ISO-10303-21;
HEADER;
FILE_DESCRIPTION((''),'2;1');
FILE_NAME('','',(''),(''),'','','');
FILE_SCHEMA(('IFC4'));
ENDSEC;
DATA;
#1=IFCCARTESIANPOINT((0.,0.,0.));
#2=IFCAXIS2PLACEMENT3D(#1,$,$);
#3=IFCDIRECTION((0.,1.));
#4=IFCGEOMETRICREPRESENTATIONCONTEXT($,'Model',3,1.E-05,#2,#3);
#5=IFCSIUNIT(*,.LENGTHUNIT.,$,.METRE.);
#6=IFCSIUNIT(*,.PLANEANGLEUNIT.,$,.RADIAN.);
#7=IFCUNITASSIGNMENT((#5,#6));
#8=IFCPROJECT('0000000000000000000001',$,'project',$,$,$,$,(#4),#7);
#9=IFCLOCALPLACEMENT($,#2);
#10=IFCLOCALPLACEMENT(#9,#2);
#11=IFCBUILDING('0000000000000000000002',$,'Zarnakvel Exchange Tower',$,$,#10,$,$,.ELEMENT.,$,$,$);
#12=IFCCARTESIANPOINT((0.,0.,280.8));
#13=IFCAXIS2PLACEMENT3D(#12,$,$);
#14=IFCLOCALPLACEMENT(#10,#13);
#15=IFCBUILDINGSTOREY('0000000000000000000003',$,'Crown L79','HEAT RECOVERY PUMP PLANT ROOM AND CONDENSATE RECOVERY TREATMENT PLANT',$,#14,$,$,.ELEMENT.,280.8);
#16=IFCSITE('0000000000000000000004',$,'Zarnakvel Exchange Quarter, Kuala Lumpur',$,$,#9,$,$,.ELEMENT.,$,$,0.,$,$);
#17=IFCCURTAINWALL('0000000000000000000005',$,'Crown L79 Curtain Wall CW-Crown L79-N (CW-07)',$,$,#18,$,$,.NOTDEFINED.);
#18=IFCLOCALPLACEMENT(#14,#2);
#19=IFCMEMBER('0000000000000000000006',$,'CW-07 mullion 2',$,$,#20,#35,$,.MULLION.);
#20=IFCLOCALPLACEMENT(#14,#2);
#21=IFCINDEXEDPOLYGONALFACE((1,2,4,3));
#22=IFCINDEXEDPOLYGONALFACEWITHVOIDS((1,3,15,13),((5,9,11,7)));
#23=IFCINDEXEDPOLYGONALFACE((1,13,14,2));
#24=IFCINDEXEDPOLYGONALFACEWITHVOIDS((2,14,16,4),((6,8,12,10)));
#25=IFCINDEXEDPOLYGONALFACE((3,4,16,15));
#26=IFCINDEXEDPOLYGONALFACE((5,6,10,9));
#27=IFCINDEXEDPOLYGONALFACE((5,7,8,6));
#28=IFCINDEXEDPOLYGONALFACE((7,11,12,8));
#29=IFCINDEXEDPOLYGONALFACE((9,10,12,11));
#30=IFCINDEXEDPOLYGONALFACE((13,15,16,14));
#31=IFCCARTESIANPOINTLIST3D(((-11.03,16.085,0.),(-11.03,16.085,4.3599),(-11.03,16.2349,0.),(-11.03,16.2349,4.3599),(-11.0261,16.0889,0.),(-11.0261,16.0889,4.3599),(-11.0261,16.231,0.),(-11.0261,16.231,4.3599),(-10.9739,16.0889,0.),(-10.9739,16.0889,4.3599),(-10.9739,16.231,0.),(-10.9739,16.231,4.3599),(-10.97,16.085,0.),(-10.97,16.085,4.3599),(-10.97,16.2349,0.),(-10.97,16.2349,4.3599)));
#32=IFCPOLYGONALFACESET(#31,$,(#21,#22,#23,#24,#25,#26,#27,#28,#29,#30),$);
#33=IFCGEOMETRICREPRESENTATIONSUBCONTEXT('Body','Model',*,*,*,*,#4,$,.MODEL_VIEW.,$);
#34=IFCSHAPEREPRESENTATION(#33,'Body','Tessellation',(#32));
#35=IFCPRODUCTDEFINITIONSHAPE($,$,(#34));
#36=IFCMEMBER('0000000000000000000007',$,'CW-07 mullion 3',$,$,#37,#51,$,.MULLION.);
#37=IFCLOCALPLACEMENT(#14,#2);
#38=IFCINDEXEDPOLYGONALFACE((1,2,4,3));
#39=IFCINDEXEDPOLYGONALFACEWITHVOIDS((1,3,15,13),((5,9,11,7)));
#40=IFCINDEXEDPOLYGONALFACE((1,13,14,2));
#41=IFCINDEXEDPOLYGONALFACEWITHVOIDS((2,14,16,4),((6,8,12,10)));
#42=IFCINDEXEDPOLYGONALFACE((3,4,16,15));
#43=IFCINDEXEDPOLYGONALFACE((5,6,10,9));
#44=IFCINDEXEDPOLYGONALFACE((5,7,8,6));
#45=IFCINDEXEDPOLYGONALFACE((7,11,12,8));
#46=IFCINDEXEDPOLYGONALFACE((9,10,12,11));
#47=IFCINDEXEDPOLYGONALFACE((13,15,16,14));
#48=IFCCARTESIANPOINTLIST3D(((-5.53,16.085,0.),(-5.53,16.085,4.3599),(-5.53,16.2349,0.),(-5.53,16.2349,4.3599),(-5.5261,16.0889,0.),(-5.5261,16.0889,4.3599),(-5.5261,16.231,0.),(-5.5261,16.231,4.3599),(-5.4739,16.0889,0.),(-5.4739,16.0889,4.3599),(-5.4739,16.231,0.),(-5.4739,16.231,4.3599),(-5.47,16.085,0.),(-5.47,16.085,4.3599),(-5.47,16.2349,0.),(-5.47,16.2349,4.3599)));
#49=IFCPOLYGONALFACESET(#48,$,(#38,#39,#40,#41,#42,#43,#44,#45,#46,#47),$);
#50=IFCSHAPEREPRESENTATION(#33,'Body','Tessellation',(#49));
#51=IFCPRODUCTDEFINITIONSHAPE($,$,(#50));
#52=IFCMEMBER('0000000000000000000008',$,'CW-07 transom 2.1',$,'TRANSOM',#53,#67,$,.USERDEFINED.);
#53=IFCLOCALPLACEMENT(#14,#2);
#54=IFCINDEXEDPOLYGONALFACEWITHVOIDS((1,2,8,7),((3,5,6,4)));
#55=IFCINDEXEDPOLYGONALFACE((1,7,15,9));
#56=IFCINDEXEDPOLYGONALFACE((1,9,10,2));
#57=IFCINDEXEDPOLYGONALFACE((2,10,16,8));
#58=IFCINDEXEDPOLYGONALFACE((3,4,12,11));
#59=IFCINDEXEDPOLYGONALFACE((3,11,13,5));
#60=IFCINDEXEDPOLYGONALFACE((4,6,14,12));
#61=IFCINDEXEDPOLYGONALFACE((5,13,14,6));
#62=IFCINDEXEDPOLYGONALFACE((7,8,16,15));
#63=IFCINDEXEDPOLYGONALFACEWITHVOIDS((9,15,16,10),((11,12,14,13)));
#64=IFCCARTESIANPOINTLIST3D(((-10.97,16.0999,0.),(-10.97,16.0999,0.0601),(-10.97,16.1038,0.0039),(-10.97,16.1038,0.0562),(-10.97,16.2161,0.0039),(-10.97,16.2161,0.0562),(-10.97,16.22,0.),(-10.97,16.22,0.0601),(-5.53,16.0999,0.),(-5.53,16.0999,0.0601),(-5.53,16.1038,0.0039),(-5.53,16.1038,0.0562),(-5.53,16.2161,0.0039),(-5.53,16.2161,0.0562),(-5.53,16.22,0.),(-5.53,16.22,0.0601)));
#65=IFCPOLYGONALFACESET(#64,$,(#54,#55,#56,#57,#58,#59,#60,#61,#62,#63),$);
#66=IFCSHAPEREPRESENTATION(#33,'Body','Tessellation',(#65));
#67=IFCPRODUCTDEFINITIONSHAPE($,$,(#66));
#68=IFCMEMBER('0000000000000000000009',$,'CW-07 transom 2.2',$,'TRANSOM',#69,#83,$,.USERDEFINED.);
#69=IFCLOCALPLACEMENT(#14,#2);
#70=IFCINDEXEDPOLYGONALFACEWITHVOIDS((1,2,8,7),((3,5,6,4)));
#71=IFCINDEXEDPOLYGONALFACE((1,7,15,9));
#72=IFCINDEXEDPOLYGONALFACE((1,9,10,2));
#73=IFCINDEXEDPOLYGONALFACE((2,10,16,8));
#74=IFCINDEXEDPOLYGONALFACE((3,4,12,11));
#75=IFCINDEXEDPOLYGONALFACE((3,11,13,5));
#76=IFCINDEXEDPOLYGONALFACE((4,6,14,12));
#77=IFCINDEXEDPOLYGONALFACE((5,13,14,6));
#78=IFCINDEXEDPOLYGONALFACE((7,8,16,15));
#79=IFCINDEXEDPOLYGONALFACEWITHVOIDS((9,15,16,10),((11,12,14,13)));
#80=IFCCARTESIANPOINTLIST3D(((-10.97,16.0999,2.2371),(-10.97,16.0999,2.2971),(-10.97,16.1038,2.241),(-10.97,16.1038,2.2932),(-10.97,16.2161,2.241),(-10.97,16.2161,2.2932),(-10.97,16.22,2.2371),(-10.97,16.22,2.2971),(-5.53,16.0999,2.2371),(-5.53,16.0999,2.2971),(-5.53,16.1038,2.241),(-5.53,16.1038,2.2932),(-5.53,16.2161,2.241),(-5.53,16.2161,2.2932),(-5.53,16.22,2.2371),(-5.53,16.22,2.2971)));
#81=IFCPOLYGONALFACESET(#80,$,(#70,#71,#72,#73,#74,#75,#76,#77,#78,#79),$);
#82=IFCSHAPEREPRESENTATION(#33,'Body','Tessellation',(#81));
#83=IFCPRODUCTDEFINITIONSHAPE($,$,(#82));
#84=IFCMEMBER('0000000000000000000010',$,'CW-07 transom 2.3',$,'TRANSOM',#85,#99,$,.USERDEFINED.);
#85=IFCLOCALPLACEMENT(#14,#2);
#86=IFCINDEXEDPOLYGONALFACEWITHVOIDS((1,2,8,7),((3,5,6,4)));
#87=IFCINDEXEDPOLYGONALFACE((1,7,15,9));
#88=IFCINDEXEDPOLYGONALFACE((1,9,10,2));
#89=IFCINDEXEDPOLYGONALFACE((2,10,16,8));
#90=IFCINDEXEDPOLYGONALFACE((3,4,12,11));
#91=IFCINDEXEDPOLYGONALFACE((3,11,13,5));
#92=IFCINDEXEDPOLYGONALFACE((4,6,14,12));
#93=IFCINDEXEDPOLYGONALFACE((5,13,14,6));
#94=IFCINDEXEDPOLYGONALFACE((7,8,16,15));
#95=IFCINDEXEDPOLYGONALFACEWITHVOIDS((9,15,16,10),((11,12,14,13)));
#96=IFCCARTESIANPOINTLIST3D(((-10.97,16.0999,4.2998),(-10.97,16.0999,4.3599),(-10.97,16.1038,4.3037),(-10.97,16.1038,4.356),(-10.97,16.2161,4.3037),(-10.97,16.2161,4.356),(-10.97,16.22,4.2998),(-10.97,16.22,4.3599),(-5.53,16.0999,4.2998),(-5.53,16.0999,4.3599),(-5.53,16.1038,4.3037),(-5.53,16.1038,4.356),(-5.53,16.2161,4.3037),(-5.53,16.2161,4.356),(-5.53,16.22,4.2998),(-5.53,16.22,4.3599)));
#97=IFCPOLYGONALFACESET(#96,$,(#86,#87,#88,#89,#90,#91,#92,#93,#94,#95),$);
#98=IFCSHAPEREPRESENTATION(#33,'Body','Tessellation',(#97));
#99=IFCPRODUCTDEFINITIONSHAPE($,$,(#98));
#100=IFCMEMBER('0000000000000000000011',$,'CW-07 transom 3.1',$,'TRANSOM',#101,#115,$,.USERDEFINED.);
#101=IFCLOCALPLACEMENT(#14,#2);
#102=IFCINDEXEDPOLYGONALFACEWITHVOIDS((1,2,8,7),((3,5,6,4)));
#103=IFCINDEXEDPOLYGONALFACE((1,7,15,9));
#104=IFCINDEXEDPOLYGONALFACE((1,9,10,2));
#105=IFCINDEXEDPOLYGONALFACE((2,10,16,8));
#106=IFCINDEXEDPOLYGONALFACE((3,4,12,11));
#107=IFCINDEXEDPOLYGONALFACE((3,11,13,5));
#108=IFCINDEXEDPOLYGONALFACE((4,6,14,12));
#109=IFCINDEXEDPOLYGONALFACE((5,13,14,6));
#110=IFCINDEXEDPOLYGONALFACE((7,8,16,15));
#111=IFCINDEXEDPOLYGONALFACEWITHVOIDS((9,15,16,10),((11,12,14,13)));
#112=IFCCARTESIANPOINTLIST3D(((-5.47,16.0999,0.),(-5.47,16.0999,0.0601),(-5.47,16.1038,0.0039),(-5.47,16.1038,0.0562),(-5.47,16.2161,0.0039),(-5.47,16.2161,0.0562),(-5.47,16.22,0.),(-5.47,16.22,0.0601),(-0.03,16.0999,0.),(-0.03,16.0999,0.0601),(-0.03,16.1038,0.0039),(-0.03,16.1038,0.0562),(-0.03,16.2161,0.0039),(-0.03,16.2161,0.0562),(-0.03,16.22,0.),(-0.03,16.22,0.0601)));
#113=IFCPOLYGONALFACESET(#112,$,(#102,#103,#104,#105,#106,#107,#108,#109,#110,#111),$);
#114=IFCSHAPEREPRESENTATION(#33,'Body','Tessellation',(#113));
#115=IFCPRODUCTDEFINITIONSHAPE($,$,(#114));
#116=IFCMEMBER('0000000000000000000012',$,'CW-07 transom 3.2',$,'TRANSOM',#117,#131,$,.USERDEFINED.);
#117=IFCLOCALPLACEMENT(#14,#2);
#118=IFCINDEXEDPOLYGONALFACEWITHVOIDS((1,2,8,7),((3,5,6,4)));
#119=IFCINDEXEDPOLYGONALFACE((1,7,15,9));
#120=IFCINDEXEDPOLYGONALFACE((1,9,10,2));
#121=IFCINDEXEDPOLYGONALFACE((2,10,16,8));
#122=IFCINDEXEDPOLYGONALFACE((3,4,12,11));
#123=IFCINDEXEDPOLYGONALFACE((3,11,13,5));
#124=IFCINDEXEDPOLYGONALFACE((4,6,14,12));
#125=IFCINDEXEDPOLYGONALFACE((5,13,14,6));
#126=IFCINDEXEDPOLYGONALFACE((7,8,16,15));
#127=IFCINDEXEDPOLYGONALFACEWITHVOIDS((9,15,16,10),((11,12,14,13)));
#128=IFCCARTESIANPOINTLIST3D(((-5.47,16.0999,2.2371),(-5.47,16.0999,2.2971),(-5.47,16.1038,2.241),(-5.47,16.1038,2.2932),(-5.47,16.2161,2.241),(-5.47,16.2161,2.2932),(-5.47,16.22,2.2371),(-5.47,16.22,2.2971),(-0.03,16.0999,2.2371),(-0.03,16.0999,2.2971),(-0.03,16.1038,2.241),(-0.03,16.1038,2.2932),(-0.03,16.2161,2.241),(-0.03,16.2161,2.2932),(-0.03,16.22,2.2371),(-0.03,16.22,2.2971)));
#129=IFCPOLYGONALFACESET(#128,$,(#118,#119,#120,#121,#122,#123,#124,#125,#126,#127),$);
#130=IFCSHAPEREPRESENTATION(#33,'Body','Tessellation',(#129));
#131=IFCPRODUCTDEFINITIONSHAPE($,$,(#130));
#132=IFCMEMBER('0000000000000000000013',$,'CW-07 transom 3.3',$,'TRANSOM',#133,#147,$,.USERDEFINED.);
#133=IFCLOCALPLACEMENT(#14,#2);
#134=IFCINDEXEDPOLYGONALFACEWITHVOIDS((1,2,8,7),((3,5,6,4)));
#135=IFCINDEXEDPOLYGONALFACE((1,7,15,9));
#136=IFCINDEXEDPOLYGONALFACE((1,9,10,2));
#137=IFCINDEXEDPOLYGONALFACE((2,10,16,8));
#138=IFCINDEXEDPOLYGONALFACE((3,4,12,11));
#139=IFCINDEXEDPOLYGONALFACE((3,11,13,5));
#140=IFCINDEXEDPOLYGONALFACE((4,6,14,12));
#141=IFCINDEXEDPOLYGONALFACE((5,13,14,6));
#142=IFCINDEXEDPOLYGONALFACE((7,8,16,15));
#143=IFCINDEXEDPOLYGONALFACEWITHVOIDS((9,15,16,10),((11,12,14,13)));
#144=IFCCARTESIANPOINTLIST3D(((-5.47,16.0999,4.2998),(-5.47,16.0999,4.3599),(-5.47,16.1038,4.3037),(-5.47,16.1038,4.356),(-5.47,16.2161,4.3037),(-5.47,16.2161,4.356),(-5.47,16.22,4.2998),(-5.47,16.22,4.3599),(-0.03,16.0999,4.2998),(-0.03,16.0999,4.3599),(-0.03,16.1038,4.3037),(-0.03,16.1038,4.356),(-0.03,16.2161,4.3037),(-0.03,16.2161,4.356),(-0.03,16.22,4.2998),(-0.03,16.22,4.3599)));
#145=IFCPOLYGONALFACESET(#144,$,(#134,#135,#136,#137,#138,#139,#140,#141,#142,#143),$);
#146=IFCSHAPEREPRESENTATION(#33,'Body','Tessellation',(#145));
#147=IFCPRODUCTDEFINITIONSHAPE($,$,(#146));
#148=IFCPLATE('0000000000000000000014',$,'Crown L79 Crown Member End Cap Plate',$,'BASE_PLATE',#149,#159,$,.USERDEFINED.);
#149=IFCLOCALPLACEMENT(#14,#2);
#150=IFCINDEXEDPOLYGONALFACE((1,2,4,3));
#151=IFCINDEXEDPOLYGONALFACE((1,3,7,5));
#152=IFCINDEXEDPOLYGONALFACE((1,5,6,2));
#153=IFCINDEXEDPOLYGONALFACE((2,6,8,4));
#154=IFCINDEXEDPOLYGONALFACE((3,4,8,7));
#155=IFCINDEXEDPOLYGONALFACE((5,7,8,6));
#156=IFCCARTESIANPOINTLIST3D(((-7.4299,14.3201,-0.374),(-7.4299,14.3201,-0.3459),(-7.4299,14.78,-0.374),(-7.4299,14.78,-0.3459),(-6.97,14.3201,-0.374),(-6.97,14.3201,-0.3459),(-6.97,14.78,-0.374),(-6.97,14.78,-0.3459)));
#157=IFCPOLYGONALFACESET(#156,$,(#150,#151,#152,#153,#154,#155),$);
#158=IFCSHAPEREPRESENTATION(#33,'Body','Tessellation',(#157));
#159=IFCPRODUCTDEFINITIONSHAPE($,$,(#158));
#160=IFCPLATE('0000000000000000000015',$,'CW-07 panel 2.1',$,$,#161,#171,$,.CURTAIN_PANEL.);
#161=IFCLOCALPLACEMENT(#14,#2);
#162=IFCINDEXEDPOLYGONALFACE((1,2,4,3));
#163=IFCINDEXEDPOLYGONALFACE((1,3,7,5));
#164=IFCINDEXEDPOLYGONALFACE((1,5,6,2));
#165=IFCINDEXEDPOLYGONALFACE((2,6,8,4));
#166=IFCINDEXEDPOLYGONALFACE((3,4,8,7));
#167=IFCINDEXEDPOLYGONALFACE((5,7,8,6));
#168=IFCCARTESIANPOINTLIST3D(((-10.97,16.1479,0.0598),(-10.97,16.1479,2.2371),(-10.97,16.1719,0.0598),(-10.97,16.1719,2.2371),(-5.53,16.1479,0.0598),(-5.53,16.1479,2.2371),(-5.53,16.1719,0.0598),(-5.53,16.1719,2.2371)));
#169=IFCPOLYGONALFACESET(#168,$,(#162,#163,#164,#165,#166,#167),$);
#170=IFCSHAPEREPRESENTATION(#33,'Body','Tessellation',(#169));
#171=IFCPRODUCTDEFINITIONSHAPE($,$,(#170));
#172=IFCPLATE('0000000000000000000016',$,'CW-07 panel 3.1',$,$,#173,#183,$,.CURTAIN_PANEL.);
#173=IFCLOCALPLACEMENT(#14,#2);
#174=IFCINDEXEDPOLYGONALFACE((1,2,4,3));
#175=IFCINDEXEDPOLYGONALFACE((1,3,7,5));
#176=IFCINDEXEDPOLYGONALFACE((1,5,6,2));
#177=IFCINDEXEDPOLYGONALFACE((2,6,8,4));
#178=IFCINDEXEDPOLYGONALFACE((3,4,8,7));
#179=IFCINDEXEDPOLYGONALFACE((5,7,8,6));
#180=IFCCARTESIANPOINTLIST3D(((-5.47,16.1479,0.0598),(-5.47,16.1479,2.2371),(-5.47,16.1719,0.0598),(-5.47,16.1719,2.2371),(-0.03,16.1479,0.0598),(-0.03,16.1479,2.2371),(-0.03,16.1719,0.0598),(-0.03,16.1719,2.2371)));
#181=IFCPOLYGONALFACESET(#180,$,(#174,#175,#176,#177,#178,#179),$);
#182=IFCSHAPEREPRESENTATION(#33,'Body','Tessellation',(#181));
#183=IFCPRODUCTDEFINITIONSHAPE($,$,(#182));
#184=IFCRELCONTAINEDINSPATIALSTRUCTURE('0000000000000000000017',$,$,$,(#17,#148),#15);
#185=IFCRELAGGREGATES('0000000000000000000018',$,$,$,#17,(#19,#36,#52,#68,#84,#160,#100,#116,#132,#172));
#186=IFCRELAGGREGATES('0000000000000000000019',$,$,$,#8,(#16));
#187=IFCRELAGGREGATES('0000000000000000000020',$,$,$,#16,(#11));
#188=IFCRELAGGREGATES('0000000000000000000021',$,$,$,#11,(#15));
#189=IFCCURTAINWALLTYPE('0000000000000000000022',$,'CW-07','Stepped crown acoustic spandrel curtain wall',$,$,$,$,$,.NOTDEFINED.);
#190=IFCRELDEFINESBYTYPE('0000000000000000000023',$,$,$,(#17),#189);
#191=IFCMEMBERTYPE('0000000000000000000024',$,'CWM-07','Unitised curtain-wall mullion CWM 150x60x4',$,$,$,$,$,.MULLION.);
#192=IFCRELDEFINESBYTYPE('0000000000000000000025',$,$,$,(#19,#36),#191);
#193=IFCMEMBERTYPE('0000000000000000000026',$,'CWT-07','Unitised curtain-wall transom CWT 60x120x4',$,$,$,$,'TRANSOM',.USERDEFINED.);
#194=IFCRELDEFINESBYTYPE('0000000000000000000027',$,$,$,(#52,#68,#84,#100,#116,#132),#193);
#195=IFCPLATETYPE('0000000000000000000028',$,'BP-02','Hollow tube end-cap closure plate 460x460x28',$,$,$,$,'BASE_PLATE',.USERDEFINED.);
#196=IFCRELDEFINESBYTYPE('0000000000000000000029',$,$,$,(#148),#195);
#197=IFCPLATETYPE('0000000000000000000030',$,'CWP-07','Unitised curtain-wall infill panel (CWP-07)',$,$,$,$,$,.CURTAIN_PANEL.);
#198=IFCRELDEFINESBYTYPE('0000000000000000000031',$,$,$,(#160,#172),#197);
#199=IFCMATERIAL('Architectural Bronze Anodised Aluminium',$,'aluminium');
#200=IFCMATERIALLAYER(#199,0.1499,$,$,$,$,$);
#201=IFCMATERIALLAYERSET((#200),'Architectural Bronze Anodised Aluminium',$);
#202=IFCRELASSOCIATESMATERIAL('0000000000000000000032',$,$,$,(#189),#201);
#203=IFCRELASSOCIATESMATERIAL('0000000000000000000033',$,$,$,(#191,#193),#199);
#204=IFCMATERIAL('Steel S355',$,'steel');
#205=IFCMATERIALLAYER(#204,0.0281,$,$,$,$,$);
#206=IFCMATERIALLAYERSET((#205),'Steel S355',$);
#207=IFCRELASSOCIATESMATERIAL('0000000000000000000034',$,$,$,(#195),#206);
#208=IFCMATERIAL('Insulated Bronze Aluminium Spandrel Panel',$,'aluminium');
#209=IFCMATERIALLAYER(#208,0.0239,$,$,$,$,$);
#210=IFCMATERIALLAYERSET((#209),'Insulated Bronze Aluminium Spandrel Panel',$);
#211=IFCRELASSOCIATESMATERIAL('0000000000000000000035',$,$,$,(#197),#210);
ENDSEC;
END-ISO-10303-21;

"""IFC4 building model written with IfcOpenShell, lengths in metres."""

from ifc_helpers import new_model, si_unit, direction, frame, origin, origin_2d, place, context, subcontext, project, spatial, rectangle, hollow_rectangle, extrude, source, transform, mapped, material, layer, layer_set, material_profile, profile_set, type_object, element, aggregate, save


model = new_model("IFC4")

# Units and contexts
model_context = context("Model", 3, precision=1e-05, world=origin(), true_north=direction((0.0, 1.0)))
body_context = subcontext(model_context, "Body", "Model", "MODEL_VIEW")
ifc_project = project(units=[si_unit("LENGTHUNIT", "METRE"), si_unit("PLANEANGLEUNIT", "RADIAN")], contexts=[model_context])

# Site, building, storey
site_placement = place(None, origin())
site = spatial("IfcSite", under=ifc_project, at=site_placement, Name="Zarnakvel Exchange Quarter, Kuala Lumpur", CompositionType="ELEMENT", RefElevation=0.0)
building_placement = place(site_placement, origin())
building = spatial("IfcBuilding", under=site, at=building_placement, Name="Zarnakvel Exchange Tower", CompositionType="ELEMENT")
storey_placement = place(building_placement, frame((0.0, 0.0, 280.8)))
storey = spatial("IfcBuildingStorey", under=building, at=storey_placement, Name="Crown L79", Description="HEAT RECOVERY PUMP PLANT ROOM AND CONDENSATE RECOVERY TREATMENT PLANT", CompositionType="ELEMENT", Elevation=280.8)

# Shared definitions
ifc_material_1 = material(Name="Steel S355", Category="steel")

# Curtain wall, members
ifc_material_2 = material(Name="Architectural Bronze Anodised Aluminium", Category="aluminium")
ifc_layer_1 = layer(ifc_material_2, 0.1499)
ifc_layer_set_1 = layer_set([ifc_layer_1], Name="Architectural Bronze Anodised Aluminium")
curtain_wall_type = type_object("IfcCurtainWallType", Name="CW-07", Description="Stepped crown acoustic spandrel curtain wall", PredefinedType="NOTDEFINED", material=ifc_layer_set_1)
curtain_wall_placement = place(storey_placement, origin())
curtain_wall = element("IfcCurtainWall", 1, at=curtain_wall_placement, inside=storey, type_object=curtain_wall_type, Name="Crown L79 Curtain Wall CW-Crown L79-N (CW-07)", PredefinedType="NOTDEFINED")
ifc_material_profile_1 = material_profile(ifc_material_2, hollow_rectangle(XDim=0.1499, YDim=0.0601, WallThickness=0.0039, at=origin_2d()))
ifc_profile_set_1 = profile_set([ifc_material_profile_1], Name="Architectural Bronze Anodised Aluminium")
member_type_1 = type_object("IfcMemberType", Name="CWM-07", Description="Unitised curtain-wall mullion CWM 150x60x4", PredefinedType="MULLION", material=ifc_profile_set_1)
shared_shape_1 = source(origin(), body_context, "Body", "SweptSolid", [
    extrude(hollow_rectangle(XDim=0.1499, YDim=0.0601, WallThickness=0.0039, at=origin_2d()), origin(), (0.0, 0.0, 1.0), 4.3599),
])
member_1_placement = place(storey_placement, frame((-11.0, 16.1599, 0.0), z_axis=(0.0, 0.0, 1.0), x_axis=(0.0, 1.0, 0.0)))
member_1 = element("IfcMember", 2, at=member_1_placement, type_object=member_type_1, Name="CW-07 mullion 2", PredefinedType="MULLION", context=body_context, shape_type="MappedRepresentation", body=[
    mapped(shared_shape_1, transform((0.0, 0.0, 0.0), x_axis=(1.0, 0.0, 0.0), y_axis=(0.0, 1.0, 0.0), z_axis=(0.0, 0.0, 1.0), scale=1.0)),
])
member_2_placement = place(storey_placement, frame((-5.5, 16.1599, 0.0), z_axis=(0.0, 0.0, 1.0), x_axis=(0.0, 1.0, 0.0)))
member_2 = element("IfcMember", 3, at=member_2_placement, type_object=member_type_1, Name="CW-07 mullion 3", PredefinedType="MULLION", context=body_context, shape_type="MappedRepresentation", body=[
    mapped(shared_shape_1, transform((0.0, 0.0, 0.0), x_axis=(1.0, 0.0, 0.0), y_axis=(0.0, 1.0, 0.0), z_axis=(0.0, 0.0, 1.0), scale=1.0)),
])
ifc_material_profile_2 = material_profile(ifc_material_2, hollow_rectangle(XDim=0.1201, YDim=0.0601, WallThickness=0.0039, at=origin_2d()))
ifc_profile_set_2 = profile_set([ifc_material_profile_2], Name="Architectural Bronze Anodised Aluminium")
member_type_2 = type_object("IfcMemberType", Name="CWT-07", Description="Unitised curtain-wall transom CWT 60x120x4", ElementType="TRANSOM", PredefinedType="USERDEFINED", material=ifc_profile_set_2)
shared_shape_2 = source(origin(), body_context, "Body", "SweptSolid", [
    extrude(hollow_rectangle(XDim=0.1201, YDim=0.0601, WallThickness=0.0039, at=origin_2d()), origin(), (0.0, 0.0, 1.0), 5.4399),
])
member_3_placement = place(storey_placement, frame((-10.97, 16.1599, 0.03), z_axis=(1.0, 0.0, 0.0), x_axis=(0.0, 1.0, 0.0)))
member_3 = element("IfcMember", 4, at=member_3_placement, type_object=member_type_2, Name="CW-07 transom 2.1", ObjectType="TRANSOM", PredefinedType="USERDEFINED", context=body_context, shape_type="MappedRepresentation", body=[
    mapped(shared_shape_2, transform((0.0, 0.0, 0.0), x_axis=(1.0, 0.0, 0.0), y_axis=(0.0, 1.0, 0.0), z_axis=(0.0, 0.0, 1.0), scale=1.0)),
])
member_4_placement = place(storey_placement, frame((-10.97, 16.1599, 2.2671), z_axis=(1.0, 0.0, 0.0), x_axis=(0.0, 1.0, 0.0)))
member_4 = element("IfcMember", 5, at=member_4_placement, type_object=member_type_2, Name="CW-07 transom 2.2", ObjectType="TRANSOM", PredefinedType="USERDEFINED", context=body_context, shape_type="MappedRepresentation", body=[
    mapped(shared_shape_2, transform((0.0, 0.0, 0.0), x_axis=(1.0, 0.0, 0.0), y_axis=(0.0, 1.0, 0.0), z_axis=(0.0, 0.0, 1.0), scale=1.0)),
])
member_5_placement = place(storey_placement, frame((-10.97, 16.1599, 4.3298), z_axis=(1.0, 0.0, 0.0), x_axis=(0.0, 1.0, 0.0)))
member_5 = element("IfcMember", 6, at=member_5_placement, type_object=member_type_2, Name="CW-07 transom 2.3", ObjectType="TRANSOM", PredefinedType="USERDEFINED", context=body_context, shape_type="MappedRepresentation", body=[
    mapped(shared_shape_2, transform((0.0, 0.0, 0.0), x_axis=(1.0, 0.0, 0.0), y_axis=(0.0, 1.0, 0.0), z_axis=(0.0, 0.0, 1.0), scale=1.0)),
])
member_6_placement = place(storey_placement, frame((-5.47, 16.1599, 0.03), z_axis=(1.0, 0.0, 0.0), x_axis=(0.0, 1.0, 0.0)))
member_6 = element("IfcMember", 7, at=member_6_placement, type_object=member_type_2, Name="CW-07 transom 3.1", ObjectType="TRANSOM", PredefinedType="USERDEFINED", context=body_context, shape_type="MappedRepresentation", body=[
    mapped(shared_shape_2, transform((0.0, 0.0, 0.0), x_axis=(1.0, 0.0, 0.0), y_axis=(0.0, 1.0, 0.0), z_axis=(0.0, 0.0, 1.0), scale=1.0)),
])
member_7_placement = place(storey_placement, frame((-5.47, 16.1599, 2.2671), z_axis=(1.0, 0.0, 0.0), x_axis=(0.0, 1.0, 0.0)))
member_7 = element("IfcMember", 8, at=member_7_placement, type_object=member_type_2, Name="CW-07 transom 3.2", ObjectType="TRANSOM", PredefinedType="USERDEFINED", context=body_context, shape_type="MappedRepresentation", body=[
    mapped(shared_shape_2, transform((0.0, 0.0, 0.0), x_axis=(1.0, 0.0, 0.0), y_axis=(0.0, 1.0, 0.0), z_axis=(0.0, 0.0, 1.0), scale=1.0)),
])
member_8_placement = place(storey_placement, frame((-5.47, 16.1599, 4.3298), z_axis=(1.0, 0.0, 0.0), x_axis=(0.0, 1.0, 0.0)))
member_8 = element("IfcMember", 9, at=member_8_placement, type_object=member_type_2, Name="CW-07 transom 3.3", ObjectType="TRANSOM", PredefinedType="USERDEFINED", context=body_context, shape_type="MappedRepresentation", body=[
    mapped(shared_shape_2, transform((0.0, 0.0, 0.0), x_axis=(1.0, 0.0, 0.0), y_axis=(0.0, 1.0, 0.0), z_axis=(0.0, 0.0, 1.0), scale=1.0)),
])

# Plates
ifc_layer_2 = layer(ifc_material_1, 0.0281)
ifc_layer_set_2 = layer_set([ifc_layer_2], Name="Steel S355")
plate_type_1 = type_object("IfcPlateType", Name="BP-02", Description="Hollow tube end-cap closure plate 460x460x28", ElementType="BASE_PLATE", PredefinedType="USERDEFINED", material=ifc_layer_set_2)
shared_shape_3 = source(origin(), body_context, "Body", "SweptSolid", [
    extrude(rectangle(XDim=0.46, YDim=0.46, at=origin_2d()), origin(), (0.0, 0.0, 1.0), 0.0281),
])
plate_1_placement = place(storey_placement, frame((-7.2, 14.55, -0.374), z_axis=(0.0, 0.0, 1.0), x_axis=(1.0, 0.0, 0.0)))
element("IfcPlate", 10, at=plate_1_placement, inside=storey, type_object=plate_type_1, Name="Crown L79 Crown Member End Cap Plate", ObjectType="BASE_PLATE", PredefinedType="USERDEFINED", context=body_context, shape_type="MappedRepresentation", body=[
    mapped(shared_shape_3, transform((0.0, 0.0, 0.0), x_axis=(1.0, 0.0, 0.0), y_axis=(0.0, 1.0, 0.0), z_axis=(0.0, 0.0, 1.0), scale=1.0)),
])
ifc_material_3 = material(Name="Insulated Bronze Aluminium Spandrel Panel", Category="aluminium")
ifc_layer_3 = layer(ifc_material_3, 0.0239)
ifc_layer_set_3 = layer_set([ifc_layer_3], Name="Insulated Bronze Aluminium Spandrel Panel")
plate_type_2 = type_object("IfcPlateType", Name="CWP-07", Description="Unitised curtain-wall infill panel (CWP-07)", PredefinedType="CURTAIN_PANEL", material=ifc_layer_set_3)
shared_shape_4 = source(origin(), body_context, "Body", "SweptSolid", [
    extrude(rectangle(XDim=5.4399, YDim=0.0239, at=origin_2d()), origin(), (0.0, 0.0, 1.0), 2.1772),
])
plate_2_placement = place(storey_placement, frame((-8.25, 16.1599, 0.0598), z_axis=(0.0, 0.0, 1.0), x_axis=(1.0, 0.0, 0.0)))
plate_2 = element("IfcPlate", 11, at=plate_2_placement, type_object=plate_type_2, Name="CW-07 panel 2.1", PredefinedType="CURTAIN_PANEL", context=body_context, shape_type="MappedRepresentation", body=[
    mapped(shared_shape_4, transform((0.0, 0.0, 0.0), x_axis=(1.0, 0.0, 0.0), y_axis=(0.0, 1.0, 0.0), z_axis=(0.0, 0.0, 1.0), scale=1.0)),
])
plate_3_placement = place(storey_placement, frame((-2.75, 16.1599, 0.0598), z_axis=(0.0, 0.0, 1.0), x_axis=(1.0, 0.0, 0.0)))
plate_3 = element("IfcPlate", 12, at=plate_3_placement, type_object=plate_type_2, Name="CW-07 panel 3.1", PredefinedType="CURTAIN_PANEL", context=body_context, shape_type="MappedRepresentation", body=[
    mapped(shared_shape_4, transform((0.0, 0.0, 0.0), x_axis=(1.0, 0.0, 0.0), y_axis=(0.0, 1.0, 0.0), z_axis=(0.0, 0.0, 1.0), scale=1.0)),
])
aggregate(curtain_wall, [member_1, member_2, member_3, member_4, member_5, plate_2, member_6, member_7, member_8, plate_3])

save(model, "model.ifc")
